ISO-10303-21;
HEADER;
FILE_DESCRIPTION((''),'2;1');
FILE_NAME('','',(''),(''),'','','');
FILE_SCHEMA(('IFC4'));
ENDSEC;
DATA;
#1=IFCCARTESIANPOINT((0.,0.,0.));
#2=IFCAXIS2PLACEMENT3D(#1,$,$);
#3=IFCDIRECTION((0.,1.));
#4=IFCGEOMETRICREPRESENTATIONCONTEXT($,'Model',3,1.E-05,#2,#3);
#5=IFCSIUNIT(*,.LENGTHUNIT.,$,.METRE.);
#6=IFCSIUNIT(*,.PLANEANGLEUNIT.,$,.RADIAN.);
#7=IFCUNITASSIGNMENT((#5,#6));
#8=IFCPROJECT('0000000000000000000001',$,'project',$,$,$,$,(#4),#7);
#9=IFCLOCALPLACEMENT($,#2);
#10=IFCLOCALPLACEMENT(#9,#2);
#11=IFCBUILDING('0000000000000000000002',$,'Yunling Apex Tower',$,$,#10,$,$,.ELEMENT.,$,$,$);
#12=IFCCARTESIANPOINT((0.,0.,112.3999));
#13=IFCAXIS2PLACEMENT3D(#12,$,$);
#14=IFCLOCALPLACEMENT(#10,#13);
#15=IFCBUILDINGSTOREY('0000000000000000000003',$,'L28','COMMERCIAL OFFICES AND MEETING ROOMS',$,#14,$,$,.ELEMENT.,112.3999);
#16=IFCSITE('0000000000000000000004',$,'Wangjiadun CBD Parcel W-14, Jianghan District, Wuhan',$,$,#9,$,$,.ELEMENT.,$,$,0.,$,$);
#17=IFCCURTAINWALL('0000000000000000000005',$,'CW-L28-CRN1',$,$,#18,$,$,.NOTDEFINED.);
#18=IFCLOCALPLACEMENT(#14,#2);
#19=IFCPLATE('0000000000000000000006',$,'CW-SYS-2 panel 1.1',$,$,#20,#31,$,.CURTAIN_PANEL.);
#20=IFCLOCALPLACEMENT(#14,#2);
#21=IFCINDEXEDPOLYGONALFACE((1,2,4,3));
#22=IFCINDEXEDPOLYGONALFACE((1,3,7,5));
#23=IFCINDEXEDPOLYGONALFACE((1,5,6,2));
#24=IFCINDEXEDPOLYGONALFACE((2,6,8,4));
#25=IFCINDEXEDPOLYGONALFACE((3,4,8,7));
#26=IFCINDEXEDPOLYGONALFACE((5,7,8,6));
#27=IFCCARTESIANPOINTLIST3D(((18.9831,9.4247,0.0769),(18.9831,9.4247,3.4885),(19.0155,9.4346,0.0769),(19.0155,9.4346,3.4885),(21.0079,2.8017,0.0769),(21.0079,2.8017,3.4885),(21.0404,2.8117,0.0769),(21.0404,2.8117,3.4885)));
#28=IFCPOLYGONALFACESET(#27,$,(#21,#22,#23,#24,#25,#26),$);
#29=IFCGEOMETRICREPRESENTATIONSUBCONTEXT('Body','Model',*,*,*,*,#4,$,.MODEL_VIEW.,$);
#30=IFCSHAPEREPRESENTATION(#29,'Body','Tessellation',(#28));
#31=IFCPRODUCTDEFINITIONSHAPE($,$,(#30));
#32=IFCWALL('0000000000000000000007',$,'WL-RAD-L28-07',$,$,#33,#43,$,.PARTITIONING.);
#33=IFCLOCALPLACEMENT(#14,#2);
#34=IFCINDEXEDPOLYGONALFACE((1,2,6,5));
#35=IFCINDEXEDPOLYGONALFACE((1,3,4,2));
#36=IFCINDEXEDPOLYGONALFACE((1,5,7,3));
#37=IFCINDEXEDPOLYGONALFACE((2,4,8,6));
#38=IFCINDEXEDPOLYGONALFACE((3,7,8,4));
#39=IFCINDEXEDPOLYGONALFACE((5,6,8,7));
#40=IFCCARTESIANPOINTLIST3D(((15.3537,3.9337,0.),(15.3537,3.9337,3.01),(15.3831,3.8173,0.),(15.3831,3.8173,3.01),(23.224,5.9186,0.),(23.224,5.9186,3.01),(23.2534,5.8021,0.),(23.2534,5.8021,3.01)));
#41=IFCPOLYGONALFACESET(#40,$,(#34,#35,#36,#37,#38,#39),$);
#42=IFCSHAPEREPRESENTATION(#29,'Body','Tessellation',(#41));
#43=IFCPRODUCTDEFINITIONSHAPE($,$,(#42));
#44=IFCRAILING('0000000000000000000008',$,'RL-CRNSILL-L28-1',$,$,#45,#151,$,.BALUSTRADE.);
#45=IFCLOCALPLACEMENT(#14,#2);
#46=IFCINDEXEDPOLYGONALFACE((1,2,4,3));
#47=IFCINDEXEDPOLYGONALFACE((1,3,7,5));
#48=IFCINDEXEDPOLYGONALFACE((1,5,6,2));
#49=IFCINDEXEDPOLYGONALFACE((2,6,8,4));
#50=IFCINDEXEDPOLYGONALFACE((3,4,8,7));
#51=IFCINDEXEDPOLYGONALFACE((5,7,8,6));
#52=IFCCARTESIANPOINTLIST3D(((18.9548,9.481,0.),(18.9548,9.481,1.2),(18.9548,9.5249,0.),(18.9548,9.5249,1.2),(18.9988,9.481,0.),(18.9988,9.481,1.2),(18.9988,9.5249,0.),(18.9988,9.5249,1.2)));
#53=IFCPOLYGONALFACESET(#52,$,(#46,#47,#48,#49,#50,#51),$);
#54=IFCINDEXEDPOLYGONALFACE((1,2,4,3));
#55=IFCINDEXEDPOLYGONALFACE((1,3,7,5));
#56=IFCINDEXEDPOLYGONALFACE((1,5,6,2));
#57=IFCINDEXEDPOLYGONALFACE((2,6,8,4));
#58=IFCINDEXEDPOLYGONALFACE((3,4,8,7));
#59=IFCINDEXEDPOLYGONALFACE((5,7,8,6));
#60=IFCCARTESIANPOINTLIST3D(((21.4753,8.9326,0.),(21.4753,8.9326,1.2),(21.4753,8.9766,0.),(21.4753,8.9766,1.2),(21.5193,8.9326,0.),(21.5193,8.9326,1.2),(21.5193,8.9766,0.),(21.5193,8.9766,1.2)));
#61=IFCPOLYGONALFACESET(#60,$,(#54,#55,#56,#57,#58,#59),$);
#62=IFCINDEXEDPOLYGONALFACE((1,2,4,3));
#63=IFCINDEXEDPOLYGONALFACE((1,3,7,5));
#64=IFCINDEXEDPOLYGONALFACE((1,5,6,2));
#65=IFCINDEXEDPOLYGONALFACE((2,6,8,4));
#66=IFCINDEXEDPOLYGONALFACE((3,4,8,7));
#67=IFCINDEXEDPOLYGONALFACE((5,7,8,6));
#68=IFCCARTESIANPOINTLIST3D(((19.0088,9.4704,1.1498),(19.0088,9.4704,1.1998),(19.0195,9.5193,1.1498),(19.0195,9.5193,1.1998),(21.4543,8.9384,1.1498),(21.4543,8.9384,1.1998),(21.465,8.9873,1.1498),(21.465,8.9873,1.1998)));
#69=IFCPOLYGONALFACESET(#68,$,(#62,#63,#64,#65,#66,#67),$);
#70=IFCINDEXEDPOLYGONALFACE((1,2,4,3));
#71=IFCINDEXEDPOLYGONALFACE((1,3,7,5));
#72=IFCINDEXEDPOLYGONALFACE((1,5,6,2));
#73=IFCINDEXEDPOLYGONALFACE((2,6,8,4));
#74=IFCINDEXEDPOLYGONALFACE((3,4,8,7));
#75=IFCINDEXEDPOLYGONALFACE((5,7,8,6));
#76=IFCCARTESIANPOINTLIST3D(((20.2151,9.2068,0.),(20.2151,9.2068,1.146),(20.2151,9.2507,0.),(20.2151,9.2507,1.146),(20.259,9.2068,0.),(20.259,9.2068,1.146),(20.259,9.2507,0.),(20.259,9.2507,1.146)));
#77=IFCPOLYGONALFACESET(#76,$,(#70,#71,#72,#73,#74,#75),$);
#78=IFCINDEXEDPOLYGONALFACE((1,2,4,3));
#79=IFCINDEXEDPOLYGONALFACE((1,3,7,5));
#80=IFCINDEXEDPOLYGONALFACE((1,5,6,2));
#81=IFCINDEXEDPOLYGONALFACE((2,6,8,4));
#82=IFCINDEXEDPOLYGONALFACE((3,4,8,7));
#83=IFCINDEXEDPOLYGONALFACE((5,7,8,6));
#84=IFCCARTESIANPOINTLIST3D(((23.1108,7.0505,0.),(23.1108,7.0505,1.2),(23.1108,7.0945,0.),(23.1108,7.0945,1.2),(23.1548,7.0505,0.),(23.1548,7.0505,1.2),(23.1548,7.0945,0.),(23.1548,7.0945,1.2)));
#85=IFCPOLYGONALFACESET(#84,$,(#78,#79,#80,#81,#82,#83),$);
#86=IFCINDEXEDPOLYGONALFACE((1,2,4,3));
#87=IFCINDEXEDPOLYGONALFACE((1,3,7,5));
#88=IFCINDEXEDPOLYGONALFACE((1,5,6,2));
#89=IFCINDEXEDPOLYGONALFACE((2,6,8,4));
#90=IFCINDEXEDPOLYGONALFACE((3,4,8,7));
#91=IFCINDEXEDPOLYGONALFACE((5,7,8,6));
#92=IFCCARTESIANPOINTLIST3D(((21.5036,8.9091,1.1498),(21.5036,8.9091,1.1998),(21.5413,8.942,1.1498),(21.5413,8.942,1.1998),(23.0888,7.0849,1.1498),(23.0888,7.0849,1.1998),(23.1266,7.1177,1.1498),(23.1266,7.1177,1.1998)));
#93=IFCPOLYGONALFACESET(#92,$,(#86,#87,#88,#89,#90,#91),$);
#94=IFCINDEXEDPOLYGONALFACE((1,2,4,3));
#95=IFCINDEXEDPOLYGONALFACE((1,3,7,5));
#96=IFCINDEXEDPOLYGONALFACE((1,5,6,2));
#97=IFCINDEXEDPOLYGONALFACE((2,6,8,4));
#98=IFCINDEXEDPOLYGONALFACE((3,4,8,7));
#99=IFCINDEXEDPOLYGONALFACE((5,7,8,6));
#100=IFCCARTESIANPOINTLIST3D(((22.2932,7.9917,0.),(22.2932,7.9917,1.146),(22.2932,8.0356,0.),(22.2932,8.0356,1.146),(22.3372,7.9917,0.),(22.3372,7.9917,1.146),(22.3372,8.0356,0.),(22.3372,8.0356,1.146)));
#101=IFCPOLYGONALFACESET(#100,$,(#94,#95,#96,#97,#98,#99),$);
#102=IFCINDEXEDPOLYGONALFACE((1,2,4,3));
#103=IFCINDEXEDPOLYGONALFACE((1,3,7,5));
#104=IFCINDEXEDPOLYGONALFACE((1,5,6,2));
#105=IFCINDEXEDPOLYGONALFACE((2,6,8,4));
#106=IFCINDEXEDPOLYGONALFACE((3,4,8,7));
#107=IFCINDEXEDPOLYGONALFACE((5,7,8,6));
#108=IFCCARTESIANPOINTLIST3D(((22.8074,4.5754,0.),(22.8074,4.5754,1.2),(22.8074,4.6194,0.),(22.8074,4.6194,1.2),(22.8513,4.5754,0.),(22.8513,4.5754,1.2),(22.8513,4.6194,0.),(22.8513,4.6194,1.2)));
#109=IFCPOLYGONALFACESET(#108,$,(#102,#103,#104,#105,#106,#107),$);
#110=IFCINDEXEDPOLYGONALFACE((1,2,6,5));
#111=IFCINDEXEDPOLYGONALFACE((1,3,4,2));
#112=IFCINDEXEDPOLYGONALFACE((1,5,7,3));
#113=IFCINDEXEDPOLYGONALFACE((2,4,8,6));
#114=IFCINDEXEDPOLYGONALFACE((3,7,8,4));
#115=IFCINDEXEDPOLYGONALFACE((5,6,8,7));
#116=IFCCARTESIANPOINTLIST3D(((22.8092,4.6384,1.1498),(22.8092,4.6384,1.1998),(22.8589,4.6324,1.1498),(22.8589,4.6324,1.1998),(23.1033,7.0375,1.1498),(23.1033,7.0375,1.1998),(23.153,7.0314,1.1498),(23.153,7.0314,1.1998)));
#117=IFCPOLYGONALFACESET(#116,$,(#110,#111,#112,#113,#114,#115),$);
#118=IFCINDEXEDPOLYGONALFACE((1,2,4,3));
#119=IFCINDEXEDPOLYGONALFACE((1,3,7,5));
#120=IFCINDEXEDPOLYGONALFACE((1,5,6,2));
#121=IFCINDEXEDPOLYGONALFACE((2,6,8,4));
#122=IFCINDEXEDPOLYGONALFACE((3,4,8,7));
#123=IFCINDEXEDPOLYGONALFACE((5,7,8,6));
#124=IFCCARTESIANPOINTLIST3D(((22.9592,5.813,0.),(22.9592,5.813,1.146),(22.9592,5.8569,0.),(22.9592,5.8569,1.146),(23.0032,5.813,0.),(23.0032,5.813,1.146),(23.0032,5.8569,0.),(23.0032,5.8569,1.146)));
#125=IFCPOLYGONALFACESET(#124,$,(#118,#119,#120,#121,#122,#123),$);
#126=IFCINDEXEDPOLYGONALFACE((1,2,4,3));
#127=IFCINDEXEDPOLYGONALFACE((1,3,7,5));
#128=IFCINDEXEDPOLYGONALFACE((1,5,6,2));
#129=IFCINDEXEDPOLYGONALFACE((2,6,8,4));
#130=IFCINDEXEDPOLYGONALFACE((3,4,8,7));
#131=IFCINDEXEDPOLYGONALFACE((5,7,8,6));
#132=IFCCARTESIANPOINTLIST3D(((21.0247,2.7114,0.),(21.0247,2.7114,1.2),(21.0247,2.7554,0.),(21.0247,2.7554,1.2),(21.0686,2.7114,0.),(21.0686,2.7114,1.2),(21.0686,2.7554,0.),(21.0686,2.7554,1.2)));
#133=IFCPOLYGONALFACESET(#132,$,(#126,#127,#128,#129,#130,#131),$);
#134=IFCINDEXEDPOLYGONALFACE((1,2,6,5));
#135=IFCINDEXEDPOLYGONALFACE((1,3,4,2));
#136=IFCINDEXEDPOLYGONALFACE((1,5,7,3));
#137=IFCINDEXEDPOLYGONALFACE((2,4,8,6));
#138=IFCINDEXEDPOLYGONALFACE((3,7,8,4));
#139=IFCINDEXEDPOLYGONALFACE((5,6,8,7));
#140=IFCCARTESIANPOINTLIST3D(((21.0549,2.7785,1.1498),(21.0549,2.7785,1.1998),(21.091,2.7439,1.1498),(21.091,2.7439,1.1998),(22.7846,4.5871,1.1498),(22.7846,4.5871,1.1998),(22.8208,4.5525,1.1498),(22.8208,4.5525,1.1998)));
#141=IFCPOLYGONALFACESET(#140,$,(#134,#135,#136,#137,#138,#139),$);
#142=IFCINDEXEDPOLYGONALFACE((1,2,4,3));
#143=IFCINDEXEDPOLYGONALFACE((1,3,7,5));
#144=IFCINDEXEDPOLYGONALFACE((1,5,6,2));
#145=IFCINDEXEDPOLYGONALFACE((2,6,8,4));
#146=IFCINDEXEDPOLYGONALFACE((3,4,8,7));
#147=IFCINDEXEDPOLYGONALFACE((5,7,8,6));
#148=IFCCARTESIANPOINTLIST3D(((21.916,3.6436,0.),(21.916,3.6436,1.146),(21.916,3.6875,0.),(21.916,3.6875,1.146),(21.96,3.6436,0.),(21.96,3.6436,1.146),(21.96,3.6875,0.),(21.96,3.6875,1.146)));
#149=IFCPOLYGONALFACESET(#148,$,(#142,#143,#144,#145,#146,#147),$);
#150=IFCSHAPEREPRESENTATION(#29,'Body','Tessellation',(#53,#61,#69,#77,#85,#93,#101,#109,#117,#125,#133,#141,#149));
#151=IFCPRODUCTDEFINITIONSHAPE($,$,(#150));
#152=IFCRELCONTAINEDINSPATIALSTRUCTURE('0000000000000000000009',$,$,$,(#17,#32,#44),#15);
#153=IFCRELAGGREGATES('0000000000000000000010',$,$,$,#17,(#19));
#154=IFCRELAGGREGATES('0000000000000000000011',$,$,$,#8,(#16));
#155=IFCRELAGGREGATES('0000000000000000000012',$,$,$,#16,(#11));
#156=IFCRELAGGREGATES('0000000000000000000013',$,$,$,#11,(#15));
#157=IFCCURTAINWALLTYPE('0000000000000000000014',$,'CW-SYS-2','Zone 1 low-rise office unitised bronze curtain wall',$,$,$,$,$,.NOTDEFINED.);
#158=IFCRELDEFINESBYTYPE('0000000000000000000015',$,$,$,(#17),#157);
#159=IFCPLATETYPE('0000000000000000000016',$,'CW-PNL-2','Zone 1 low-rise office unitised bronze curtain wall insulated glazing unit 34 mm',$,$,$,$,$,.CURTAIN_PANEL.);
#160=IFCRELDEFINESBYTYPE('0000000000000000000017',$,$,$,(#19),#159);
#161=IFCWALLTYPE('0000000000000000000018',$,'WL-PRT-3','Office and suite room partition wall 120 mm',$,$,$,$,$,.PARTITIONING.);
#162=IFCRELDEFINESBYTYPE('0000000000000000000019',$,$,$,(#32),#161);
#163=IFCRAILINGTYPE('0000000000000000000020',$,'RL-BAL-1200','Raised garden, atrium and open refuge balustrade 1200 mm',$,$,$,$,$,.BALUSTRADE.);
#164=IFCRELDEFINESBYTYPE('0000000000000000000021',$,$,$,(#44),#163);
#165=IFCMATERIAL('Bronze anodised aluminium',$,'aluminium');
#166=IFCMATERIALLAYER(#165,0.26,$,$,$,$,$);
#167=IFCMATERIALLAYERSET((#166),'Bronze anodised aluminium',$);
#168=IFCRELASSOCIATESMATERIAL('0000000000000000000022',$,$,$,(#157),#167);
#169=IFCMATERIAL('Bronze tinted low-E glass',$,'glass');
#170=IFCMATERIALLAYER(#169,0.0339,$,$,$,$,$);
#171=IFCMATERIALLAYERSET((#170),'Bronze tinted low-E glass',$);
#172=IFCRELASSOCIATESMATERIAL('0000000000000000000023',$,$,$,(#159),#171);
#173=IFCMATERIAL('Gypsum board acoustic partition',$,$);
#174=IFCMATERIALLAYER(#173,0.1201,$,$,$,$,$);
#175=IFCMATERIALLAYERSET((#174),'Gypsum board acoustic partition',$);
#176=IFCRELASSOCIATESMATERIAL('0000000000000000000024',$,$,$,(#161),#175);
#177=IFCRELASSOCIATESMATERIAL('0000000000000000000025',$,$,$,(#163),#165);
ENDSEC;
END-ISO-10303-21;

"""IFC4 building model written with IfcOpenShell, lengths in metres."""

from ifc_helpers import new_model, si_unit, direction, frame, frame_2d, origin, origin_2d, place, context, subcontext, project, spatial, rectangle, extrude, source, transform, mapped, material, layer, layer_set, type_object, element, aggregate, save


model = new_model("IFC4")

# Units and contexts
model_context = context("Model", 3, precision=1e-05, world=origin(), true_north=direction((0.0, 1.0)))
body_context = subcontext(model_context, "Body", "Model", "MODEL_VIEW")
ifc_project = project(units=[si_unit("LENGTHUNIT", "METRE"), si_unit("PLANEANGLEUNIT", "RADIAN")], contexts=[model_context])

# Site, building, storey
site_placement = place(None, origin())
site = spatial("IfcSite", under=ifc_project, at=site_placement, Name="Wangjiadun CBD Parcel W-14, Jianghan District, Wuhan", CompositionType="ELEMENT", RefElevation=0.0)
building_placement = place(site_placement, origin())
building = spatial("IfcBuilding", under=site, at=building_placement, Name="Yunling Apex Tower", CompositionType="ELEMENT")
storey_placement = place(building_placement, frame((0.0, 0.0, 112.3999)))
storey = spatial("IfcBuildingStorey", under=building, at=storey_placement, Name="L28", Description="COMMERCIAL OFFICES AND MEETING ROOMS", CompositionType="ELEMENT", Elevation=112.3999)

# Shared definitions
ifc_material_1 = material(Name="Bronze anodised aluminium", Category="aluminium")
ifc_layer_1 = layer(ifc_material_1, 0.26)
ifc_layer_set_1 = layer_set([ifc_layer_1], Name="Bronze anodised aluminium")
curtain_wall_type = type_object("IfcCurtainWallType", Name="CW-SYS-2", Description="Zone 1 low-rise office unitised bronze curtain wall", PredefinedType="NOTDEFINED", material=ifc_layer_set_1)

# Curtain wall
curtain_wall_1_placement = place(storey_placement, origin())
curtain_wall_1 = element("IfcCurtainWall", 1, at=curtain_wall_1_placement, inside=storey, type_object=curtain_wall_type, Name="CW-L28-CRN1", PredefinedType="NOTDEFINED")

# Plate
ifc_material_2 = material(Name="Bronze tinted low-E glass", Category="glass")
ifc_layer_2 = layer(ifc_material_2, 0.0339)
ifc_layer_set_2 = layer_set([ifc_layer_2], Name="Bronze tinted low-E glass")
plate_type = type_object("IfcPlateType", Name="CW-PNL-2", Description="Zone 1 low-rise office unitised bronze curtain wall insulated glazing unit 34 mm", PredefinedType="CURTAIN_PANEL", material=ifc_layer_set_2)
shared_shape_1 = source(origin(), body_context, "Body", "SweptSolid", [
    extrude(rectangle(XDim=6.9255, YDim=0.0339, at=origin_2d()), origin(), (0.0, 0.0, 1.0), 3.4116),
])
plate_1_placement = place(storey_placement, frame((20.0117, 6.1182, 0.0769), z_axis=(0.0, 0.0, 1.0), x_axis=(-0.292375, 0.956304, 0.0)))
plate_1 = element("IfcPlate", 2, at=plate_1_placement, type_object=plate_type, Name="CW-SYS-2 panel 1.1", PredefinedType="CURTAIN_PANEL", context=body_context, shape_type="MappedRepresentation", body=[
    mapped(shared_shape_1, transform((0.0, 0.0, 0.0), scale=1.0)),
])
aggregate(curtain_wall_1, [plate_1])

# Wall
ifc_material_3 = material(Name="Gypsum board acoustic partition")
ifc_layer_3 = layer(ifc_material_3, 0.1201)
ifc_layer_set_3 = layer_set([ifc_layer_3], Name="Gypsum board acoustic partition")
wall_type = type_object("IfcWallType", Name="WL-PRT-3", Description="Office and suite room partition wall 120 mm", PredefinedType="PARTITIONING", material=ifc_layer_set_3)
wall_placement = place(storey_placement, frame((15.3684, 3.8755, 0.0), z_axis=(0.0, 0.0, 1.0), x_axis=(0.96964, 0.244538, 0.0)))
element("IfcWall", 3, at=wall_placement, inside=storey, type_object=wall_type, Name="WL-RAD-L28-07", PredefinedType="PARTITIONING", context=body_context, shape_type="SweptSolid", body=[
    extrude(rectangle(XDim=8.1167, YDim=0.1201, at=frame_2d((4.0583, 0.0))), origin(), (0.0, 0.0, 1.0), 3.01),
])

# Railing
railing_type = type_object("IfcRailingType", Name="RL-BAL-1200", Description="Raised garden, atrium and open refuge balustrade 1200 mm", PredefinedType="BALUSTRADE", material=ifc_material_1)
railing_placement = place(storey_placement, frame((18.9768, 9.5029, 0.0)))
element("IfcRailing", 4, at=railing_placement, inside=storey, type_object=railing_type, Name="RL-CRNSILL-L28-1", PredefinedType="BALUSTRADE", context=body_context, shape_type="SweptSolid", body=[
    extrude(rectangle(XDim=0.0439, YDim=0.0439, at=origin_2d()), origin(), (0.0, 0.0, 1.0), 1.2),
    extrude(rectangle(XDim=0.0439, YDim=0.0439, at=origin_2d()), frame((2.5205, -0.5483, 0.0)), (0.0, 0.0, 1.0), 1.2),
    extrude(rectangle(XDim=0.05, YDim=0.05, at=origin_2d()), frame((0.0374, -0.0081, 1.1748), z_axis=(0.977144, -0.212579, 0.0), x_axis=(0.212579, 0.977144, 0.0)), (0.0, 0.0, 1.0), 2.5027),
    extrude(rectangle(XDim=0.0439, YDim=0.0439, at=origin_2d()), frame((1.2603, -0.2742, 0.0)), (0.0, 0.0, 1.0), 1.146),
    extrude(rectangle(XDim=0.0439, YDim=0.0439, at=origin_2d()), frame((4.156, -2.4304, 0.0)), (0.0, 0.0, 1.0), 1.2),
    extrude(rectangle(XDim=0.05, YDim=0.05, at=origin_2d()), frame((2.5457, -0.5774, 1.1748), z_axis=(0.655929, -0.754823, 0.0), x_axis=(0.754823, 0.655929, 0.0)), (0.0, 0.0, 1.0), 2.4167),
    extrude(rectangle(XDim=0.0439, YDim=0.0439, at=origin_2d()), frame((3.3384, -1.4893, 0.0)), (0.0, 0.0, 1.0), 1.146),
    extrude(rectangle(XDim=0.0439, YDim=0.0439, at=origin_2d()), frame((3.8525, -4.9055, 0.0)), (0.0, 0.0, 1.0), 1.2),
    extrude(rectangle(XDim=0.05, YDim=0.05, at=origin_2d()), frame((4.1514, -2.4685, 1.1748), z_axis=(-0.121697, -0.992567, 0.0), x_axis=(0.992567, -0.121697, 0.0)), (0.0, 0.0, 1.0), 2.417),
    extrude(rectangle(XDim=0.0439, YDim=0.0439, at=origin_2d()), frame((4.0044, -3.668, 0.0)), (0.0, 0.0, 1.0), 1.146),
    extrude(rectangle(XDim=0.0439, YDim=0.0439, at=origin_2d()), frame((2.0698, -6.7695, 0.0)), (0.0, 0.0, 1.0), 1.2),
    extrude(rectangle(XDim=0.05, YDim=0.05, at=origin_2d()), frame((3.8259, -4.9331, 1.1748), z_axis=(-0.691171, -0.722691, 0.0), x_axis=(0.722691, -0.691171, 0.0)), (0.0, 0.0, 1.0), 2.5027),
    extrude(rectangle(XDim=0.0439, YDim=0.0439, at=origin_2d()), frame((2.9612, -5.8374, 0.0)), (0.0, 0.0, 1.0), 1.146),
])

save(model, "model.ifc")
